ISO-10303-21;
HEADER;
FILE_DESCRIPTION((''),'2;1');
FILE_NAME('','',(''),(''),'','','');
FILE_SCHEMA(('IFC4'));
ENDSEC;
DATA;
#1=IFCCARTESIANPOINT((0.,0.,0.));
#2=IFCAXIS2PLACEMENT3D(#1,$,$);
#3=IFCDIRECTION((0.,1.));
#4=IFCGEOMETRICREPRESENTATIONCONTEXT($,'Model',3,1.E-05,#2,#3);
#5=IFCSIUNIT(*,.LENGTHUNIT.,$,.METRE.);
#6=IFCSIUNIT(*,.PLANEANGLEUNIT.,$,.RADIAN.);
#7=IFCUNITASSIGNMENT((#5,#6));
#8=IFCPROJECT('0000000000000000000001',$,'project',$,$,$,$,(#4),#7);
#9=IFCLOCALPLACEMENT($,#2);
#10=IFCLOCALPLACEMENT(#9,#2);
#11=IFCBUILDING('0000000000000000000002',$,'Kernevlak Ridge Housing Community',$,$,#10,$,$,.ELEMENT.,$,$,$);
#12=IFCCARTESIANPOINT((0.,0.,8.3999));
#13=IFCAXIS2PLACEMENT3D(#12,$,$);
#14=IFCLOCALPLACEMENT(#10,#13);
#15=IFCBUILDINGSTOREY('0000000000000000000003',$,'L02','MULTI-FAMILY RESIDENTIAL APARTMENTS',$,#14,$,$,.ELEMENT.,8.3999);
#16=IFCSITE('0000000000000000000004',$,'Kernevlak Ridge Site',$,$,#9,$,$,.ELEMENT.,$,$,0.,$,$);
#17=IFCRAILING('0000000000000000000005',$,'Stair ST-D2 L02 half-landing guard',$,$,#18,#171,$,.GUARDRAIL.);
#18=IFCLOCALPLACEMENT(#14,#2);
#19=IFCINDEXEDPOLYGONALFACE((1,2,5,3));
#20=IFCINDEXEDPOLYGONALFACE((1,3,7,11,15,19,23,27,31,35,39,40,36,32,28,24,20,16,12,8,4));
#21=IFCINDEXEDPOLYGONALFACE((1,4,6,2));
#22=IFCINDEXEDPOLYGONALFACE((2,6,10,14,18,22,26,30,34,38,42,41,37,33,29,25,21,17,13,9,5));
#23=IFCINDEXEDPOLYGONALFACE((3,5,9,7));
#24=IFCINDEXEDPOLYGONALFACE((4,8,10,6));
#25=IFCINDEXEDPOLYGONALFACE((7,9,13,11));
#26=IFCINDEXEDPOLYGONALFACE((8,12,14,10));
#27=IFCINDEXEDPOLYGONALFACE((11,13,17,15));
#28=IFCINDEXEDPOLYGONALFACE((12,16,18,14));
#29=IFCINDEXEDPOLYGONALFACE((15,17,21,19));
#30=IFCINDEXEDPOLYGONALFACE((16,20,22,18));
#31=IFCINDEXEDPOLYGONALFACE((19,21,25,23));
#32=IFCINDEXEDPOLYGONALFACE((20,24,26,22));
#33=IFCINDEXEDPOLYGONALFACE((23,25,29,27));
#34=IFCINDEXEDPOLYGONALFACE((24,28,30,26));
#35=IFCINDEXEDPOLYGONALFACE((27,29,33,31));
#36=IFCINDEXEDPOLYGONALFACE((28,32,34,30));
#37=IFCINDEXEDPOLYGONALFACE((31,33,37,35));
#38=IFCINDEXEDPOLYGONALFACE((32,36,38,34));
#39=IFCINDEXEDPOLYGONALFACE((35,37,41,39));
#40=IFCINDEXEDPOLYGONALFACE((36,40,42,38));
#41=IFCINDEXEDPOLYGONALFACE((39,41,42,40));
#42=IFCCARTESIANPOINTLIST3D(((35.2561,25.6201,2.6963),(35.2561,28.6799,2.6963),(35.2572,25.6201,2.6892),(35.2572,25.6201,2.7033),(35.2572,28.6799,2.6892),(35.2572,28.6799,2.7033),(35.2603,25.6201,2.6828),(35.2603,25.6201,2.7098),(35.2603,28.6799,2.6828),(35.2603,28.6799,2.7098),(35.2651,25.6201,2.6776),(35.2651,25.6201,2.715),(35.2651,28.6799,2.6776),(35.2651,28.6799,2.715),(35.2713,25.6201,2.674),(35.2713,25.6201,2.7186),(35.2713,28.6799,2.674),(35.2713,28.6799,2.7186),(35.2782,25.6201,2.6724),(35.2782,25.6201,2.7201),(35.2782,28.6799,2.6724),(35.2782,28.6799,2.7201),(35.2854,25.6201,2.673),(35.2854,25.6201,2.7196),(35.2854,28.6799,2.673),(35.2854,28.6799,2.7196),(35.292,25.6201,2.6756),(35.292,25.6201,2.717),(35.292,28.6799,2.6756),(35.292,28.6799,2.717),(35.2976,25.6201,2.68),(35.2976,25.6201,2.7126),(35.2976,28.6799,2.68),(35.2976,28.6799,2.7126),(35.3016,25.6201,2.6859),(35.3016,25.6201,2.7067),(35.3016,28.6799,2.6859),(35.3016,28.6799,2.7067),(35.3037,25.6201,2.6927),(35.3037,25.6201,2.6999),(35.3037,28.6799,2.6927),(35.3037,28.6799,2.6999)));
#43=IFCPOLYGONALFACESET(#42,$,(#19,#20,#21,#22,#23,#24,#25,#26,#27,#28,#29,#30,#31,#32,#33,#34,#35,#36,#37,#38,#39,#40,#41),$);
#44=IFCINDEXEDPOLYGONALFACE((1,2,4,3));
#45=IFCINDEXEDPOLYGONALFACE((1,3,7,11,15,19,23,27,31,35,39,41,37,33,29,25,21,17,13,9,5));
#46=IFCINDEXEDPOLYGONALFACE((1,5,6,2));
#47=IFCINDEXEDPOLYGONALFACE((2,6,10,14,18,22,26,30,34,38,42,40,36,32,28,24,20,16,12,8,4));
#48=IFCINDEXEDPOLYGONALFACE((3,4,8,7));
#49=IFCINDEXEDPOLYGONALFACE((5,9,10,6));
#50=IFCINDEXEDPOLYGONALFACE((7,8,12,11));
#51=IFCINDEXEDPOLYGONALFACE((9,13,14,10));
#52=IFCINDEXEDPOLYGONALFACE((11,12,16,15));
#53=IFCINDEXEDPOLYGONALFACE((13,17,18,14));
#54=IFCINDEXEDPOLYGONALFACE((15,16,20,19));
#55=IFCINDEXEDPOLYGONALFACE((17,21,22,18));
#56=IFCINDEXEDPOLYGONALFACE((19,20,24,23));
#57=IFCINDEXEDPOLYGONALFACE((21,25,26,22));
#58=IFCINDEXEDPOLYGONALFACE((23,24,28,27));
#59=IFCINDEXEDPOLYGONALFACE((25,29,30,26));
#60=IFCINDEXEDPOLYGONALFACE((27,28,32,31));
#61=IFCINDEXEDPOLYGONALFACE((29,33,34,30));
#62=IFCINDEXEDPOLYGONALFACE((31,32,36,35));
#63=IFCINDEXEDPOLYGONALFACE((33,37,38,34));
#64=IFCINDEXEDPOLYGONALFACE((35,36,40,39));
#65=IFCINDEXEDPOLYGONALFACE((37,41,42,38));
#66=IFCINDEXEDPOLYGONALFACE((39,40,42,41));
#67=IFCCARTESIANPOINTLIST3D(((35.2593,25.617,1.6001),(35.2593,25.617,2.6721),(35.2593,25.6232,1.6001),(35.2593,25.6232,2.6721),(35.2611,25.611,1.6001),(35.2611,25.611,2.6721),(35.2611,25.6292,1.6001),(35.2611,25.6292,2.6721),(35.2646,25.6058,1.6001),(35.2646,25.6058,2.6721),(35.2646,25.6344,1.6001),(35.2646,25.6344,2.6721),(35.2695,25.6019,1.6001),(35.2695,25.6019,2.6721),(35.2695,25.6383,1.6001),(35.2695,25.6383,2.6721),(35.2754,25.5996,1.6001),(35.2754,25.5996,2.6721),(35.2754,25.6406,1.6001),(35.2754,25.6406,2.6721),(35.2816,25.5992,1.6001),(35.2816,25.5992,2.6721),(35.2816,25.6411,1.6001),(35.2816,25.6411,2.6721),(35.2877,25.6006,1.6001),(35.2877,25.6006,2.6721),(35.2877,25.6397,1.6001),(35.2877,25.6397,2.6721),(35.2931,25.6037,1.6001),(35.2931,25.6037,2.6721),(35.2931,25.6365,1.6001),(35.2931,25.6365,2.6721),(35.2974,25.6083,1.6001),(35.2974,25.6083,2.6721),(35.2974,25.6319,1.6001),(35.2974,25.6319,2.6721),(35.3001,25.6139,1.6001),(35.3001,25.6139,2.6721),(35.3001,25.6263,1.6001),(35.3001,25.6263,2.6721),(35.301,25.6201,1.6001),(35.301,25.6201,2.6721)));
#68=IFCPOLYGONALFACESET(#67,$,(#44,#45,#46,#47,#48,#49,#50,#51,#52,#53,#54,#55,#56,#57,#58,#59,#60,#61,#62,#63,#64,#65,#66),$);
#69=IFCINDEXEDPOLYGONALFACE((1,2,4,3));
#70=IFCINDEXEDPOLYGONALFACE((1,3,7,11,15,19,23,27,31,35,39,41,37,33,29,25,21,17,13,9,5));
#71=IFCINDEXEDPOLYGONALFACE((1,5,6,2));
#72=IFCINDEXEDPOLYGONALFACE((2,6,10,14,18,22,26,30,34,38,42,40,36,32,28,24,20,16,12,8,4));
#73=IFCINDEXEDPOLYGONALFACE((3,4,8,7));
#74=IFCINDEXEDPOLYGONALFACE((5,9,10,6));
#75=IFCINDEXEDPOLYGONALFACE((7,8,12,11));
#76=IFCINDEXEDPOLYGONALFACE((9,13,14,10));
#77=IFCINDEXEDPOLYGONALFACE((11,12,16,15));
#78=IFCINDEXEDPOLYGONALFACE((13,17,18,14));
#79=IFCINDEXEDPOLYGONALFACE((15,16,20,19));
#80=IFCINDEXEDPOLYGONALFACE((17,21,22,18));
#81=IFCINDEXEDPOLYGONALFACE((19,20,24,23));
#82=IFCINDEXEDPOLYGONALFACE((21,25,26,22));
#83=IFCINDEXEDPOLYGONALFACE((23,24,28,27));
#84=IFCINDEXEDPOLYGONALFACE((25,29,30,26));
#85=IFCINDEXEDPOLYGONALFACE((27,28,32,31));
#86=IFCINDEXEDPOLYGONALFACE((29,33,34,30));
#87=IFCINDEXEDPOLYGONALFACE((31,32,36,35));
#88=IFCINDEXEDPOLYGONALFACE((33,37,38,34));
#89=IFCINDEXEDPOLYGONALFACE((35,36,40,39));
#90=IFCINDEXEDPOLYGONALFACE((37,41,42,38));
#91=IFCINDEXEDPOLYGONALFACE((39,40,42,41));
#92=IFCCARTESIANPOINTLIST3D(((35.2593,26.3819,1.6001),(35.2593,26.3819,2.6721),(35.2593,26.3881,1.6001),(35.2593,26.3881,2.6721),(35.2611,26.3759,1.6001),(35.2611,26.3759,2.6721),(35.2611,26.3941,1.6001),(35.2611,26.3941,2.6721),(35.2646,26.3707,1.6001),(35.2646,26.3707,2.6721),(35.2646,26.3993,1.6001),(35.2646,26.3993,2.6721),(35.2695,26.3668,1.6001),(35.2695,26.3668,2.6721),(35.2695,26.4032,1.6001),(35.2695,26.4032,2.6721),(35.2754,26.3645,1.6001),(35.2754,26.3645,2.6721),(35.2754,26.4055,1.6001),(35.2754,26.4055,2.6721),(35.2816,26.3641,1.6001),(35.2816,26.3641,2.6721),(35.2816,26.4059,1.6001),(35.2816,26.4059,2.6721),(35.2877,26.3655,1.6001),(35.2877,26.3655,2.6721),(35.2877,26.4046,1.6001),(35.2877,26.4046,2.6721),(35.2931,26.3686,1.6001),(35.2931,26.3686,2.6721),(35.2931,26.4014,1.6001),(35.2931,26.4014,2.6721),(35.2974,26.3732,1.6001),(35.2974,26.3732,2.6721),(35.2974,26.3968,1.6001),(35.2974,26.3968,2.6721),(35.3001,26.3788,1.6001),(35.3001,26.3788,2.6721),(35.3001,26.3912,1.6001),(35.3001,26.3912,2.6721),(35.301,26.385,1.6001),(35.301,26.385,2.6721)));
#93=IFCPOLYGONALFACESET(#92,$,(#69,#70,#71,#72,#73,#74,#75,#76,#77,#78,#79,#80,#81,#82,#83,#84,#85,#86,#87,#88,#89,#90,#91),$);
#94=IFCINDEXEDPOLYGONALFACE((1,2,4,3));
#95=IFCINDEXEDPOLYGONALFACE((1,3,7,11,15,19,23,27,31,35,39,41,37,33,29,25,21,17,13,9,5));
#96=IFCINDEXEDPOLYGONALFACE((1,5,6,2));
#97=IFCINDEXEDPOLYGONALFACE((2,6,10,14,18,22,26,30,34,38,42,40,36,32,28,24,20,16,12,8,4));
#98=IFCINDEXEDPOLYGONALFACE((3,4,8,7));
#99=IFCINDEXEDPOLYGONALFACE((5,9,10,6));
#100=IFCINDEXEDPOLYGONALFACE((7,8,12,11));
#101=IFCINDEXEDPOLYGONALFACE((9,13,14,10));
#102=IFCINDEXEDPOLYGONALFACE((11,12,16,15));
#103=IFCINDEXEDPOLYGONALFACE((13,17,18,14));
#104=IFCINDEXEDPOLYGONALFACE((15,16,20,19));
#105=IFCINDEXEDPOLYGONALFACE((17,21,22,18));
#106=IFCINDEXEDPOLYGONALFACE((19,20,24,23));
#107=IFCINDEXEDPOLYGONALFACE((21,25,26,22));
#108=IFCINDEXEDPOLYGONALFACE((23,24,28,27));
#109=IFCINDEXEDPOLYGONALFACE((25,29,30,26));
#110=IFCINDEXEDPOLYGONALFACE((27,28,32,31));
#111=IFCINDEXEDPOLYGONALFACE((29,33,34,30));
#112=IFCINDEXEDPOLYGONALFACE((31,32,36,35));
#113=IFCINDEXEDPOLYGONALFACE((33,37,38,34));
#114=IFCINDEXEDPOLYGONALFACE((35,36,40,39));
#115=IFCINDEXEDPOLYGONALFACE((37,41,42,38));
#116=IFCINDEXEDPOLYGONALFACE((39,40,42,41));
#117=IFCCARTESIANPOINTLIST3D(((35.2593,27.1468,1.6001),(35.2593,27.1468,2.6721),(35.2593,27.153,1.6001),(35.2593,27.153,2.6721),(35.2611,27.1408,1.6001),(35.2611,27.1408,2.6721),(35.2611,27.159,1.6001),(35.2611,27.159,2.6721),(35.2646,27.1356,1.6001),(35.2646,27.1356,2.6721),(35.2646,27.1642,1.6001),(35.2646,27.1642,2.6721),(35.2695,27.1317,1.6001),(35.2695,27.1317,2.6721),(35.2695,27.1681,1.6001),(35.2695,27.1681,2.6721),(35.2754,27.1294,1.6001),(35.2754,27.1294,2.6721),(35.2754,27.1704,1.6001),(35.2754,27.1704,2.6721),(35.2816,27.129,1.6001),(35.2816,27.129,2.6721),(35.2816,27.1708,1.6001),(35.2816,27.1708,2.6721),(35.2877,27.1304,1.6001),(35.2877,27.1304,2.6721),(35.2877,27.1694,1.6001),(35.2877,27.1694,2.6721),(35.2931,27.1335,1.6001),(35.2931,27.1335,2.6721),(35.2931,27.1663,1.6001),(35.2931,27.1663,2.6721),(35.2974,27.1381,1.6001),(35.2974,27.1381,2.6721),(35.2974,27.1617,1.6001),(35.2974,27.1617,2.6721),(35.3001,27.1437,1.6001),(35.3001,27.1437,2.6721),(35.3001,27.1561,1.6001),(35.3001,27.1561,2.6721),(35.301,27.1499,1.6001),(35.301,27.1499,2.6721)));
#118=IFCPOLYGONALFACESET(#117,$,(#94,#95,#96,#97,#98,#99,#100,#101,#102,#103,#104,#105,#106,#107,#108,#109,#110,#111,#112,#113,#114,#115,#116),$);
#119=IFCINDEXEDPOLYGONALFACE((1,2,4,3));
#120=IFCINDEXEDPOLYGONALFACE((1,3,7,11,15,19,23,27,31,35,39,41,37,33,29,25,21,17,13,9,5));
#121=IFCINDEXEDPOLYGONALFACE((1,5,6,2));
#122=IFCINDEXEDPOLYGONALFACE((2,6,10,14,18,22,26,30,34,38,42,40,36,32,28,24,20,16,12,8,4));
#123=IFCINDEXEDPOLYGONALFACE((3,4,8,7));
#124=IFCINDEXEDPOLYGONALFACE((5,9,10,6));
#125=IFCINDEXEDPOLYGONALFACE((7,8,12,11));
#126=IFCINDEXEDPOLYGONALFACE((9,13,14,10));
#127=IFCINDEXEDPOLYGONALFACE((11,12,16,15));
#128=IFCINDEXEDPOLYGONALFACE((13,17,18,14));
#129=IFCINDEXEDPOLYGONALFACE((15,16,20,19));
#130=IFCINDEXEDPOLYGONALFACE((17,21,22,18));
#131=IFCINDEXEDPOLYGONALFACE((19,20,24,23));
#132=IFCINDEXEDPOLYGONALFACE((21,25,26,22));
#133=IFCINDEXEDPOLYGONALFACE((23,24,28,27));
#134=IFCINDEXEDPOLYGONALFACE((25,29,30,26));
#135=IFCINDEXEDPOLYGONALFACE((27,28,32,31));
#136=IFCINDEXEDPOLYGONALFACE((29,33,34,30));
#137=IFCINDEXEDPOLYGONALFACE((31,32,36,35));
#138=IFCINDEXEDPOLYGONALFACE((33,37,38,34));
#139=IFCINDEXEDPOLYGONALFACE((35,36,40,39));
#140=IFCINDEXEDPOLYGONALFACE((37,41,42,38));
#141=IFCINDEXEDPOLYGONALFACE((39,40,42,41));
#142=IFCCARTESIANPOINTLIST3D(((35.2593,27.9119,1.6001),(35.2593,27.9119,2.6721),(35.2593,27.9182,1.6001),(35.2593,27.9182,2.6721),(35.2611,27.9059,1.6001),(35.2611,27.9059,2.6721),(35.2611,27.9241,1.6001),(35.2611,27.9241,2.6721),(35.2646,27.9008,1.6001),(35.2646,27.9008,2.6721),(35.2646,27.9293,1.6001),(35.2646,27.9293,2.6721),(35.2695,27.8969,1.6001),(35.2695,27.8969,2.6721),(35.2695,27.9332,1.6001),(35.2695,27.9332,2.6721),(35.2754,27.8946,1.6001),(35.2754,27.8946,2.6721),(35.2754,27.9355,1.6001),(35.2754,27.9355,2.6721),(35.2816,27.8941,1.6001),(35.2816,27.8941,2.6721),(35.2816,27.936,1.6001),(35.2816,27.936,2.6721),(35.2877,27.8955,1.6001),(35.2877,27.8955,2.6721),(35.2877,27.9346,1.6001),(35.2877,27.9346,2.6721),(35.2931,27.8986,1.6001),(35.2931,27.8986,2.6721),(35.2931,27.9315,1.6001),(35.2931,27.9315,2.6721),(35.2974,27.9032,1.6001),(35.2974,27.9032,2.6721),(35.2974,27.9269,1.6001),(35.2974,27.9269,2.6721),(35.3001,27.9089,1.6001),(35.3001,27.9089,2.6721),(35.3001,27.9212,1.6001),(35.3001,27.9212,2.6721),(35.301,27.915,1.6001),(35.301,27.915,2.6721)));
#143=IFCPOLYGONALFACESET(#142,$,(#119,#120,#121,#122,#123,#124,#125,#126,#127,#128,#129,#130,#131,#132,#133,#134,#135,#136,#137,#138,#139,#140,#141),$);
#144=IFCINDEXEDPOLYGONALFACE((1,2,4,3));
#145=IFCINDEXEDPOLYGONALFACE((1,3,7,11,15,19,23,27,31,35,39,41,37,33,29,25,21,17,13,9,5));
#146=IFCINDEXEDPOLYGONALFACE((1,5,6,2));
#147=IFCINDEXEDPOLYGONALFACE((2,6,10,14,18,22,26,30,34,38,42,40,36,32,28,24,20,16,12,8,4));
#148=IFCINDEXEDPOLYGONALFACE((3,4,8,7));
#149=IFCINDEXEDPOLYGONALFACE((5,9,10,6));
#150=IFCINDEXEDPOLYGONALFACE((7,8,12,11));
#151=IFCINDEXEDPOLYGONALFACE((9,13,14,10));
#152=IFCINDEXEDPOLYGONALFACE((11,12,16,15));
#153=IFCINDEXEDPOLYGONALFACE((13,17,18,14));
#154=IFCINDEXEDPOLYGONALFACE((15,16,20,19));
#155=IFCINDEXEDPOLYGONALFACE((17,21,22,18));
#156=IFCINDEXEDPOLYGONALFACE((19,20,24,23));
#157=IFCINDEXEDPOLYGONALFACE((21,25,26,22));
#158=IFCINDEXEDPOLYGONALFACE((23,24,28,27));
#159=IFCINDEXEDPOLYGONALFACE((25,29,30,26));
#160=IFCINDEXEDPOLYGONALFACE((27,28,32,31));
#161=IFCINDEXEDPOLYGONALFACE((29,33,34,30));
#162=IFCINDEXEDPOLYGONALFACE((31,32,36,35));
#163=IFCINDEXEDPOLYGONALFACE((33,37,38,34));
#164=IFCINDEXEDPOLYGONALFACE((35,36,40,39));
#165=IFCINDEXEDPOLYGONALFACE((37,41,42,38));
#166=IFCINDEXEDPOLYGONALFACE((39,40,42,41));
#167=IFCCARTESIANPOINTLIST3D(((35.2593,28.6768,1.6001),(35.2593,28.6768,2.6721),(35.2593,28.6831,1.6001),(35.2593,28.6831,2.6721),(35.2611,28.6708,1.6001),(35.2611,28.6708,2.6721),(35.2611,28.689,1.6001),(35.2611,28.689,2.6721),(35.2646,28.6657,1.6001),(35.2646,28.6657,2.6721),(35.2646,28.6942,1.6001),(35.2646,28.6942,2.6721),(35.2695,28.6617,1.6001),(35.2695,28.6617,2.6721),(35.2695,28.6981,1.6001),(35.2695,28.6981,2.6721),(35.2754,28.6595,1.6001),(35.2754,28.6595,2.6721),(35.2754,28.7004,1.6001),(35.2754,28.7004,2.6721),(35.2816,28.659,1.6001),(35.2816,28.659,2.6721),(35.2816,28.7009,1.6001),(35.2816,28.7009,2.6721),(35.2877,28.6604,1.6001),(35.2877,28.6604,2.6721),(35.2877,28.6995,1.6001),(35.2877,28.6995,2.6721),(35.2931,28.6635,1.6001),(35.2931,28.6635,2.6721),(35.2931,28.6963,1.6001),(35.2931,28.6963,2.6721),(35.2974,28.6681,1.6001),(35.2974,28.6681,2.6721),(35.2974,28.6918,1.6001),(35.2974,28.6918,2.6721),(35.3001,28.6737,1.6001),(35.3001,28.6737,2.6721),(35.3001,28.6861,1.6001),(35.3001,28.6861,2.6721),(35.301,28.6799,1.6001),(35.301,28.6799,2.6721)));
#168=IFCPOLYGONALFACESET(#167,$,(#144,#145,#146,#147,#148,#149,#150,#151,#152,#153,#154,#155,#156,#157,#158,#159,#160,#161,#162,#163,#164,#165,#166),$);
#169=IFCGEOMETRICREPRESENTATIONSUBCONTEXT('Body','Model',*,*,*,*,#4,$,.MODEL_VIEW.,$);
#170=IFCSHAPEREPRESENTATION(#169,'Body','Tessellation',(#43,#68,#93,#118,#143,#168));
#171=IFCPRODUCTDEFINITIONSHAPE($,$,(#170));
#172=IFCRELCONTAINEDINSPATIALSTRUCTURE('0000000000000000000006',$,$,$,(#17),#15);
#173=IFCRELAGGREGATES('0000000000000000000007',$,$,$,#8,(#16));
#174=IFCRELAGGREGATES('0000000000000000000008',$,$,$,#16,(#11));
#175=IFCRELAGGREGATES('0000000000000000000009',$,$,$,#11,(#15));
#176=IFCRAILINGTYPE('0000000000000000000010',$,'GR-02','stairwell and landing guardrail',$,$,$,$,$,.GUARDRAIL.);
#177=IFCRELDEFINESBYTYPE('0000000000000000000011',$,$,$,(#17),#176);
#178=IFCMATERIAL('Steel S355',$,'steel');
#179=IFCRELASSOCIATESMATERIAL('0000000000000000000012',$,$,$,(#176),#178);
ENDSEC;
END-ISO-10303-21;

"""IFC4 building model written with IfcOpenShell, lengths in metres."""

from ifc_helpers import new_model, si_unit, direction, frame, origin, origin_2d, place, context, subcontext, project, spatial, circle, extrude, material, type_object, element, save


model = new_model("IFC4")

# Units and contexts
model_context = context("Model", 3, precision=1e-05, world=origin(), true_north=direction((0.0, 1.0)))
body_context = subcontext(model_context, "Body", "Model", "MODEL_VIEW")
ifc_project = project(units=[si_unit("LENGTHUNIT", "METRE"), si_unit("PLANEANGLEUNIT", "RADIAN")], contexts=[model_context])

# Site, building, storey
site_placement = place(None, origin())
site = spatial("IfcSite", under=ifc_project, at=site_placement, Name="Kernevlak Ridge Site", CompositionType="ELEMENT", RefElevation=0.0)
building_placement = place(site_placement, origin())
building = spatial("IfcBuilding", under=site, at=building_placement, Name="Kernevlak Ridge Housing Community", CompositionType="ELEMENT")
storey_placement = place(building_placement, frame((0.0, 0.0, 8.3999)))
storey = spatial("IfcBuildingStorey", under=building, at=storey_placement, Name="L02", Description="MULTI-FAMILY RESIDENTIAL APARTMENTS", CompositionType="ELEMENT", Elevation=8.3999)

# Railing
ifc_material_1 = material(Name="Steel S355", Category="steel")
railing_type_1 = type_object("IfcRailingType", Name="GR-02", Description="stairwell and landing guardrail", PredefinedType="GUARDRAIL", material=ifc_material_1)
railing_1_placement = place(storey_placement, frame((35.28, 25.6201, 1.6001)))
element("IfcRailing", 1, at=railing_1_placement, inside=storey, type_object=railing_type_1, Name="Stair ST-D2 L02 half-landing guard", PredefinedType="GUARDRAIL", context=body_context, shape_type="SweptSolid", body=[
    extrude(circle(Radius=0.0239, at=origin_2d()), frame((0.0, 0.0, 1.0962), z_axis=(0.0, 1.0, 0.0), x_axis=(-1.0, 0.0, 0.0)), (0.0, 0.0, 1.0), 3.0598),
    extrude(circle(Radius=0.021, at=origin_2d()), origin(), (0.0, 0.0, 1.0), 1.072),
    extrude(circle(Radius=0.021, at=origin_2d()), frame((0.0, 0.7649, 0.0)), (0.0, 0.0, 1.0), 1.072),
    extrude(circle(Radius=0.021, at=origin_2d()), frame((0.0, 1.5298, 0.0)), (0.0, 0.0, 1.0), 1.072),
    extrude(circle(Radius=0.021, at=origin_2d()), frame((0.0, 2.2949, 0.0)), (0.0, 0.0, 1.0), 1.072),
    extrude(circle(Radius=0.021, at=origin_2d()), frame((0.0, 3.0598, 0.0)), (0.0, 0.0, 1.0), 1.072),
])

save(model, "model.ifc")
